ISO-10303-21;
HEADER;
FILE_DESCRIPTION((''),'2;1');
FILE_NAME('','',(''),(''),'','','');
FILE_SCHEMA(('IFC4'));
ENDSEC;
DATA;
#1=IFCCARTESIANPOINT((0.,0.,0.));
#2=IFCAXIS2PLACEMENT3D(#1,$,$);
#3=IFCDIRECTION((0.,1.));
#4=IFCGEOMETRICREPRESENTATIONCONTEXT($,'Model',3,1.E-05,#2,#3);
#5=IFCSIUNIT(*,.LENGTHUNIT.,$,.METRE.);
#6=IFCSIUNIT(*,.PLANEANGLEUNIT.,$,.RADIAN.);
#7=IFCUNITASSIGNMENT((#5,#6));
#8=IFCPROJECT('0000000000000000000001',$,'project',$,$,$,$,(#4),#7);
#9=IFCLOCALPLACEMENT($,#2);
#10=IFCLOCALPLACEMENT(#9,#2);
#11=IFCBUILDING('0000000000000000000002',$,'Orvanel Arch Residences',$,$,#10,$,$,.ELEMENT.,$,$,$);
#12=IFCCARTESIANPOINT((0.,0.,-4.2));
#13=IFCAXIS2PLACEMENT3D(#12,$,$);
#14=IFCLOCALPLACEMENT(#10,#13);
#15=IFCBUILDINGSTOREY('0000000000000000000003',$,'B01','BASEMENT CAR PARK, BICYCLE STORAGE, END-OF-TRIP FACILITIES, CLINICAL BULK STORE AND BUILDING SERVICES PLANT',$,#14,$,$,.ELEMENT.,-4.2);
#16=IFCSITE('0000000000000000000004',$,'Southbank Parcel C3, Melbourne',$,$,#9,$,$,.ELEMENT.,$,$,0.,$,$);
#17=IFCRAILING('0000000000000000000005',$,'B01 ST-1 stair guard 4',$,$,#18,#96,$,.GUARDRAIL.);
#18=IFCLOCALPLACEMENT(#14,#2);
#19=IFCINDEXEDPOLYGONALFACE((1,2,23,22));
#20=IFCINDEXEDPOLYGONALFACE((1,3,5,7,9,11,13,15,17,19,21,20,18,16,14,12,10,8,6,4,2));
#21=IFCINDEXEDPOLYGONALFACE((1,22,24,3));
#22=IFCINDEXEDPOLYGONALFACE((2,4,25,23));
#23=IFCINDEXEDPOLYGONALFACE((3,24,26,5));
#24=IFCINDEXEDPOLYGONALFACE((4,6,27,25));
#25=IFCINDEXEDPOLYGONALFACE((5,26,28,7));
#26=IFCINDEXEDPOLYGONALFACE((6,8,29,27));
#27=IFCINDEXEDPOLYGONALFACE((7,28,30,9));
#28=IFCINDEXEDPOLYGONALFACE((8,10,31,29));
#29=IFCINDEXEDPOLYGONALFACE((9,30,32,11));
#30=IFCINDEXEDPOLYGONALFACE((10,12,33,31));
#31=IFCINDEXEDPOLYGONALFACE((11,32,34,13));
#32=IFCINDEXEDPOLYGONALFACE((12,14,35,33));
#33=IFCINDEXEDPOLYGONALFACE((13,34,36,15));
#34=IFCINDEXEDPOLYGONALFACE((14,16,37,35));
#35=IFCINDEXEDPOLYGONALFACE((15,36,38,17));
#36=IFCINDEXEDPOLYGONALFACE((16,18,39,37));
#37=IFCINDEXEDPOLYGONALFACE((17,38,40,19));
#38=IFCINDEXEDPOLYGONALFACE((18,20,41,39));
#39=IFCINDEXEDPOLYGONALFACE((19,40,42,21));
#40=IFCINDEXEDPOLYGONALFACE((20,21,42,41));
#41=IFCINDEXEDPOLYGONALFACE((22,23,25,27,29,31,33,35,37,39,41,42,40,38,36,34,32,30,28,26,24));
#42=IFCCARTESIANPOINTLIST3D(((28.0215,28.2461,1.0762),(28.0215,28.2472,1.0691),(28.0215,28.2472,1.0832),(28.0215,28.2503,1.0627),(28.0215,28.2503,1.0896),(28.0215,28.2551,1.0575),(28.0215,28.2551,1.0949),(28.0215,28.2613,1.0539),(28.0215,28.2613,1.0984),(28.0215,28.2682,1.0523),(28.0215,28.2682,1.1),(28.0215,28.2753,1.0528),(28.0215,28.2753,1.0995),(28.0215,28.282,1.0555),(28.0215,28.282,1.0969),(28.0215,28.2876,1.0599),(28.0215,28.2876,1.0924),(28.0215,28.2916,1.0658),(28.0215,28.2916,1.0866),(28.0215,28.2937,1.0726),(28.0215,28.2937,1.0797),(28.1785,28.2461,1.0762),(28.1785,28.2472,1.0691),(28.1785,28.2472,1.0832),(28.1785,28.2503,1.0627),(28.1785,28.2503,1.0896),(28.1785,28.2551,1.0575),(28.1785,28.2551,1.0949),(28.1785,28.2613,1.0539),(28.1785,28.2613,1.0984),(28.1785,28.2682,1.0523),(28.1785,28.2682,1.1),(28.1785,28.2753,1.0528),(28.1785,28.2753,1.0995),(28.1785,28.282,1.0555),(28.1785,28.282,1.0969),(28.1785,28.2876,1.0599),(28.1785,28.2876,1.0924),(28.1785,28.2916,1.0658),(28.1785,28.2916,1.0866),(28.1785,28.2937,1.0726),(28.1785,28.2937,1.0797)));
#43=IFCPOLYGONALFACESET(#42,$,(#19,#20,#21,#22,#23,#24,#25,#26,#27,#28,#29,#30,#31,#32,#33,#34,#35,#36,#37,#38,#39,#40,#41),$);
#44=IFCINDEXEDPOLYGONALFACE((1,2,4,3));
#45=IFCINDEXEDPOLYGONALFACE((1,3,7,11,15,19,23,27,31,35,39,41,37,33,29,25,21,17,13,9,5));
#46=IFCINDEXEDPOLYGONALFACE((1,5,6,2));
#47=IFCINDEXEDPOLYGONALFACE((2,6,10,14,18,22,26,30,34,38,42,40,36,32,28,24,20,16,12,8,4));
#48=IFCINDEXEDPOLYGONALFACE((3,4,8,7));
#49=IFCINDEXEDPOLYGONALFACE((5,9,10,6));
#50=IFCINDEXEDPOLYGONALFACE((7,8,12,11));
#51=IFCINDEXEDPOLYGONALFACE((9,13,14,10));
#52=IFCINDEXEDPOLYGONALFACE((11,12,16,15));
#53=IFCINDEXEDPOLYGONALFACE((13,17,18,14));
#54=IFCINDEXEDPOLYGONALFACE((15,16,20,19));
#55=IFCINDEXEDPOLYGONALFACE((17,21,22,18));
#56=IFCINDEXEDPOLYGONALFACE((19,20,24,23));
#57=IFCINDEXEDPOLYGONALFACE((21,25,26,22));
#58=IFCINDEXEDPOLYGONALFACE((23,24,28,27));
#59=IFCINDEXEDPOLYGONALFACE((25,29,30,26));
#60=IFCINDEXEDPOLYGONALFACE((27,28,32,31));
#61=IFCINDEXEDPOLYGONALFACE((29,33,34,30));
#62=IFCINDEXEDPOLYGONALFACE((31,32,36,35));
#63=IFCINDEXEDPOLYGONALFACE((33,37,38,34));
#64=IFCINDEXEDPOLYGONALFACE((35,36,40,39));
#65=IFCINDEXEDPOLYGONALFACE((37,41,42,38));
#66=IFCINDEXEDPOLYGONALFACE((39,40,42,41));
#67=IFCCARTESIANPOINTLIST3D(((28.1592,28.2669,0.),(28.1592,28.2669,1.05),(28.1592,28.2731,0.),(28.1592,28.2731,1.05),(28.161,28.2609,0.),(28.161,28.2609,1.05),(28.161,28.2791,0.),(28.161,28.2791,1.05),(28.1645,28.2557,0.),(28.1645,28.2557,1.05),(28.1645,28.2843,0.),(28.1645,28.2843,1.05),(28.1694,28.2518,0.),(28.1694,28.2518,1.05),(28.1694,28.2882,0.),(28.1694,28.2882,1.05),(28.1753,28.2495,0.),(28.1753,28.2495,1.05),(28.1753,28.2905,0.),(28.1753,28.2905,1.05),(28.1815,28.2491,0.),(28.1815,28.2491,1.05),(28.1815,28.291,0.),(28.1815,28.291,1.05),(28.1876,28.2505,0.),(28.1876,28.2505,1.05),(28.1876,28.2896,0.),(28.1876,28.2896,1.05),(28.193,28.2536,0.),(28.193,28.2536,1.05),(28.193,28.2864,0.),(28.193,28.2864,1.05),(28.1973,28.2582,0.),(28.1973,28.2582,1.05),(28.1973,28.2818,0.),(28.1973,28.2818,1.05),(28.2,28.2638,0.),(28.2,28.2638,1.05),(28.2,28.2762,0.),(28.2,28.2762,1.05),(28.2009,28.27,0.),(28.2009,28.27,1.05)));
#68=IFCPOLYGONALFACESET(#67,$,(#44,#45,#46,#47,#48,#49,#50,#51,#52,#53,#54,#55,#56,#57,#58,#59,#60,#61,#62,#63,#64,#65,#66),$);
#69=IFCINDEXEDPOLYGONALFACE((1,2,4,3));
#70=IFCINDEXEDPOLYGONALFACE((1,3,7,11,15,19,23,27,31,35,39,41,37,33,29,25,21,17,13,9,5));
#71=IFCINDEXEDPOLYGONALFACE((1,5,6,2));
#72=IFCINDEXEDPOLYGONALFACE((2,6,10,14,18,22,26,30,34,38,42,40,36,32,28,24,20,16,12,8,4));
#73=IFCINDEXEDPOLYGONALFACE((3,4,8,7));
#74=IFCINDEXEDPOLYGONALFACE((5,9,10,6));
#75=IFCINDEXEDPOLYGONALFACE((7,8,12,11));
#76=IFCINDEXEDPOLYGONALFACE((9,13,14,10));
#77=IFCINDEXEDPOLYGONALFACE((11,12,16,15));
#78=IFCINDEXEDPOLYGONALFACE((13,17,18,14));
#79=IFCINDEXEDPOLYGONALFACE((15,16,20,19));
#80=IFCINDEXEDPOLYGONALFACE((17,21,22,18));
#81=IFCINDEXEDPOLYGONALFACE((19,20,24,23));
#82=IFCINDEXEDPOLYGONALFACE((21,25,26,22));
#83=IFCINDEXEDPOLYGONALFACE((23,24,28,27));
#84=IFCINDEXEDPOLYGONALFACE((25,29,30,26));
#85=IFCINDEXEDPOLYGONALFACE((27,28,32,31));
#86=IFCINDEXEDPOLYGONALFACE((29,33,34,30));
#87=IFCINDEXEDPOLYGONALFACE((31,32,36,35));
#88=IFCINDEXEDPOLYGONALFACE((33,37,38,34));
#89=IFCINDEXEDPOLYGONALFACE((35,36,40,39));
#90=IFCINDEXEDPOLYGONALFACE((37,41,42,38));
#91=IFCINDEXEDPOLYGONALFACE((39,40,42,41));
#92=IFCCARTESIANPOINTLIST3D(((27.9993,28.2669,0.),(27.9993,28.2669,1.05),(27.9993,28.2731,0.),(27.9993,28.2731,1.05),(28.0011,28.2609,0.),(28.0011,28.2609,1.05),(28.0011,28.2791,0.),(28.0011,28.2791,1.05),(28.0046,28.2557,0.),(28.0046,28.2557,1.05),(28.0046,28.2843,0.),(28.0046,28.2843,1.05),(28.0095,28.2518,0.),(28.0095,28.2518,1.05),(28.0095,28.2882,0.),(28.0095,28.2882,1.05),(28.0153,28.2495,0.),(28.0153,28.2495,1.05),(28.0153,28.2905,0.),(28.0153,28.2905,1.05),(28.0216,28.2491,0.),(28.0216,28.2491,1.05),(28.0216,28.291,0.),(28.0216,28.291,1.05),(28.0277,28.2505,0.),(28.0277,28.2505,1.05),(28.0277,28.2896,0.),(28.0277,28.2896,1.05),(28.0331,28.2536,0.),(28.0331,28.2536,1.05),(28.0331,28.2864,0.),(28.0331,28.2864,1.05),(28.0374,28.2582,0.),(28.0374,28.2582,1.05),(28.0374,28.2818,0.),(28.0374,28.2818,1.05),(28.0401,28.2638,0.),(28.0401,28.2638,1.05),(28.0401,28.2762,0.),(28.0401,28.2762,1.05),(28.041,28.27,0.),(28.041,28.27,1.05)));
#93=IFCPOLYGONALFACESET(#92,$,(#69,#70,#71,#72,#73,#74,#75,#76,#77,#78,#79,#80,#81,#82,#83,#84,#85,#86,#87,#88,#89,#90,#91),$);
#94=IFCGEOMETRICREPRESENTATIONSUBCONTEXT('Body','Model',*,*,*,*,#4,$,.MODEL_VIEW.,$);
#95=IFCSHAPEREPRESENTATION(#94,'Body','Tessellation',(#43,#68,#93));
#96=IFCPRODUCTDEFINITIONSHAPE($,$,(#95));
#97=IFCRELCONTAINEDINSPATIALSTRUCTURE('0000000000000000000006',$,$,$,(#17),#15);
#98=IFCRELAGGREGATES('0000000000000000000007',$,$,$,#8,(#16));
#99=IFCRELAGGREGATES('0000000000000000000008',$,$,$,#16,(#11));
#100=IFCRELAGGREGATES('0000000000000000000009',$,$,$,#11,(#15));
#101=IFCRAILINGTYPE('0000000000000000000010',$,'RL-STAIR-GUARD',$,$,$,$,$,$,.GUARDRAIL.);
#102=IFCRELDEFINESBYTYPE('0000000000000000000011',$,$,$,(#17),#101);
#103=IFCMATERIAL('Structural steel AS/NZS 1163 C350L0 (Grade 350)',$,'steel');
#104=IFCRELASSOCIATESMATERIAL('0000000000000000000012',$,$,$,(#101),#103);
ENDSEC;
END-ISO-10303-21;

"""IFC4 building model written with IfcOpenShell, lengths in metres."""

from ifc_helpers import new_model, si_unit, direction, frame, origin, origin_2d, place, context, subcontext, project, spatial, circle, extrude, material, type_object, element, save


model = new_model("IFC4")

# Units and contexts
model_context = context("Model", 3, precision=1e-05, world=origin(), true_north=direction((0.0, 1.0)))
body_context = subcontext(model_context, "Body", "Model", "MODEL_VIEW")
ifc_project = project(units=[si_unit("LENGTHUNIT", "METRE"), si_unit("PLANEANGLEUNIT", "RADIAN")], contexts=[model_context])

# Site, building, storey
site_placement = place(None, origin())
site = spatial("IfcSite", under=ifc_project, at=site_placement, Name="Southbank Parcel C3, Melbourne", CompositionType="ELEMENT", RefElevation=0.0)
building_placement = place(site_placement, origin())
building = spatial("IfcBuilding", under=site, at=building_placement, Name="Orvanel Arch Residences", CompositionType="ELEMENT")
storey_placement = place(building_placement, frame((0.0, 0.0, -4.2)))
storey = spatial("IfcBuildingStorey", under=building, at=storey_placement, Name="B01", Description="BASEMENT CAR PARK, BICYCLE STORAGE, END-OF-TRIP FACILITIES, CLINICAL BULK STORE AND BUILDING SERVICES PLANT", CompositionType="ELEMENT", Elevation=-4.2)

# Railing
ifc_material_1 = material(Name="Structural steel AS/NZS 1163 C350L0 (Grade 350)", Category="steel")
railing_type_1 = type_object("IfcRailingType", Name="RL-STAIR-GUARD", PredefinedType="GUARDRAIL", material=ifc_material_1)
railing_1_placement = place(storey_placement, frame((28.1799, 28.27, 0.0)))
element("IfcRailing", 1, at=railing_1_placement, inside=storey, type_object=railing_type_1, Name="B01 ST-1 stair guard 4", PredefinedType="GUARDRAIL", context=body_context, shape_type="SweptSolid", body=[
    extrude(circle(Radius=0.0239, at=origin_2d()), frame((-0.0015, 0.0, 1.0762), z_axis=(-1.0, 0.0, 0.0), x_axis=(0.0, -1.0, 0.0)), (0.0, 0.0, 1.0), 0.157),
    extrude(circle(Radius=0.021, at=origin_2d()), origin(), (0.0, 0.0, 1.0), 1.05),
    extrude(circle(Radius=0.021, at=origin_2d()), frame((-0.1599, 0.0, 0.0)), (0.0, 0.0, 1.0), 1.05),
])

save(model, "model.ifc")
